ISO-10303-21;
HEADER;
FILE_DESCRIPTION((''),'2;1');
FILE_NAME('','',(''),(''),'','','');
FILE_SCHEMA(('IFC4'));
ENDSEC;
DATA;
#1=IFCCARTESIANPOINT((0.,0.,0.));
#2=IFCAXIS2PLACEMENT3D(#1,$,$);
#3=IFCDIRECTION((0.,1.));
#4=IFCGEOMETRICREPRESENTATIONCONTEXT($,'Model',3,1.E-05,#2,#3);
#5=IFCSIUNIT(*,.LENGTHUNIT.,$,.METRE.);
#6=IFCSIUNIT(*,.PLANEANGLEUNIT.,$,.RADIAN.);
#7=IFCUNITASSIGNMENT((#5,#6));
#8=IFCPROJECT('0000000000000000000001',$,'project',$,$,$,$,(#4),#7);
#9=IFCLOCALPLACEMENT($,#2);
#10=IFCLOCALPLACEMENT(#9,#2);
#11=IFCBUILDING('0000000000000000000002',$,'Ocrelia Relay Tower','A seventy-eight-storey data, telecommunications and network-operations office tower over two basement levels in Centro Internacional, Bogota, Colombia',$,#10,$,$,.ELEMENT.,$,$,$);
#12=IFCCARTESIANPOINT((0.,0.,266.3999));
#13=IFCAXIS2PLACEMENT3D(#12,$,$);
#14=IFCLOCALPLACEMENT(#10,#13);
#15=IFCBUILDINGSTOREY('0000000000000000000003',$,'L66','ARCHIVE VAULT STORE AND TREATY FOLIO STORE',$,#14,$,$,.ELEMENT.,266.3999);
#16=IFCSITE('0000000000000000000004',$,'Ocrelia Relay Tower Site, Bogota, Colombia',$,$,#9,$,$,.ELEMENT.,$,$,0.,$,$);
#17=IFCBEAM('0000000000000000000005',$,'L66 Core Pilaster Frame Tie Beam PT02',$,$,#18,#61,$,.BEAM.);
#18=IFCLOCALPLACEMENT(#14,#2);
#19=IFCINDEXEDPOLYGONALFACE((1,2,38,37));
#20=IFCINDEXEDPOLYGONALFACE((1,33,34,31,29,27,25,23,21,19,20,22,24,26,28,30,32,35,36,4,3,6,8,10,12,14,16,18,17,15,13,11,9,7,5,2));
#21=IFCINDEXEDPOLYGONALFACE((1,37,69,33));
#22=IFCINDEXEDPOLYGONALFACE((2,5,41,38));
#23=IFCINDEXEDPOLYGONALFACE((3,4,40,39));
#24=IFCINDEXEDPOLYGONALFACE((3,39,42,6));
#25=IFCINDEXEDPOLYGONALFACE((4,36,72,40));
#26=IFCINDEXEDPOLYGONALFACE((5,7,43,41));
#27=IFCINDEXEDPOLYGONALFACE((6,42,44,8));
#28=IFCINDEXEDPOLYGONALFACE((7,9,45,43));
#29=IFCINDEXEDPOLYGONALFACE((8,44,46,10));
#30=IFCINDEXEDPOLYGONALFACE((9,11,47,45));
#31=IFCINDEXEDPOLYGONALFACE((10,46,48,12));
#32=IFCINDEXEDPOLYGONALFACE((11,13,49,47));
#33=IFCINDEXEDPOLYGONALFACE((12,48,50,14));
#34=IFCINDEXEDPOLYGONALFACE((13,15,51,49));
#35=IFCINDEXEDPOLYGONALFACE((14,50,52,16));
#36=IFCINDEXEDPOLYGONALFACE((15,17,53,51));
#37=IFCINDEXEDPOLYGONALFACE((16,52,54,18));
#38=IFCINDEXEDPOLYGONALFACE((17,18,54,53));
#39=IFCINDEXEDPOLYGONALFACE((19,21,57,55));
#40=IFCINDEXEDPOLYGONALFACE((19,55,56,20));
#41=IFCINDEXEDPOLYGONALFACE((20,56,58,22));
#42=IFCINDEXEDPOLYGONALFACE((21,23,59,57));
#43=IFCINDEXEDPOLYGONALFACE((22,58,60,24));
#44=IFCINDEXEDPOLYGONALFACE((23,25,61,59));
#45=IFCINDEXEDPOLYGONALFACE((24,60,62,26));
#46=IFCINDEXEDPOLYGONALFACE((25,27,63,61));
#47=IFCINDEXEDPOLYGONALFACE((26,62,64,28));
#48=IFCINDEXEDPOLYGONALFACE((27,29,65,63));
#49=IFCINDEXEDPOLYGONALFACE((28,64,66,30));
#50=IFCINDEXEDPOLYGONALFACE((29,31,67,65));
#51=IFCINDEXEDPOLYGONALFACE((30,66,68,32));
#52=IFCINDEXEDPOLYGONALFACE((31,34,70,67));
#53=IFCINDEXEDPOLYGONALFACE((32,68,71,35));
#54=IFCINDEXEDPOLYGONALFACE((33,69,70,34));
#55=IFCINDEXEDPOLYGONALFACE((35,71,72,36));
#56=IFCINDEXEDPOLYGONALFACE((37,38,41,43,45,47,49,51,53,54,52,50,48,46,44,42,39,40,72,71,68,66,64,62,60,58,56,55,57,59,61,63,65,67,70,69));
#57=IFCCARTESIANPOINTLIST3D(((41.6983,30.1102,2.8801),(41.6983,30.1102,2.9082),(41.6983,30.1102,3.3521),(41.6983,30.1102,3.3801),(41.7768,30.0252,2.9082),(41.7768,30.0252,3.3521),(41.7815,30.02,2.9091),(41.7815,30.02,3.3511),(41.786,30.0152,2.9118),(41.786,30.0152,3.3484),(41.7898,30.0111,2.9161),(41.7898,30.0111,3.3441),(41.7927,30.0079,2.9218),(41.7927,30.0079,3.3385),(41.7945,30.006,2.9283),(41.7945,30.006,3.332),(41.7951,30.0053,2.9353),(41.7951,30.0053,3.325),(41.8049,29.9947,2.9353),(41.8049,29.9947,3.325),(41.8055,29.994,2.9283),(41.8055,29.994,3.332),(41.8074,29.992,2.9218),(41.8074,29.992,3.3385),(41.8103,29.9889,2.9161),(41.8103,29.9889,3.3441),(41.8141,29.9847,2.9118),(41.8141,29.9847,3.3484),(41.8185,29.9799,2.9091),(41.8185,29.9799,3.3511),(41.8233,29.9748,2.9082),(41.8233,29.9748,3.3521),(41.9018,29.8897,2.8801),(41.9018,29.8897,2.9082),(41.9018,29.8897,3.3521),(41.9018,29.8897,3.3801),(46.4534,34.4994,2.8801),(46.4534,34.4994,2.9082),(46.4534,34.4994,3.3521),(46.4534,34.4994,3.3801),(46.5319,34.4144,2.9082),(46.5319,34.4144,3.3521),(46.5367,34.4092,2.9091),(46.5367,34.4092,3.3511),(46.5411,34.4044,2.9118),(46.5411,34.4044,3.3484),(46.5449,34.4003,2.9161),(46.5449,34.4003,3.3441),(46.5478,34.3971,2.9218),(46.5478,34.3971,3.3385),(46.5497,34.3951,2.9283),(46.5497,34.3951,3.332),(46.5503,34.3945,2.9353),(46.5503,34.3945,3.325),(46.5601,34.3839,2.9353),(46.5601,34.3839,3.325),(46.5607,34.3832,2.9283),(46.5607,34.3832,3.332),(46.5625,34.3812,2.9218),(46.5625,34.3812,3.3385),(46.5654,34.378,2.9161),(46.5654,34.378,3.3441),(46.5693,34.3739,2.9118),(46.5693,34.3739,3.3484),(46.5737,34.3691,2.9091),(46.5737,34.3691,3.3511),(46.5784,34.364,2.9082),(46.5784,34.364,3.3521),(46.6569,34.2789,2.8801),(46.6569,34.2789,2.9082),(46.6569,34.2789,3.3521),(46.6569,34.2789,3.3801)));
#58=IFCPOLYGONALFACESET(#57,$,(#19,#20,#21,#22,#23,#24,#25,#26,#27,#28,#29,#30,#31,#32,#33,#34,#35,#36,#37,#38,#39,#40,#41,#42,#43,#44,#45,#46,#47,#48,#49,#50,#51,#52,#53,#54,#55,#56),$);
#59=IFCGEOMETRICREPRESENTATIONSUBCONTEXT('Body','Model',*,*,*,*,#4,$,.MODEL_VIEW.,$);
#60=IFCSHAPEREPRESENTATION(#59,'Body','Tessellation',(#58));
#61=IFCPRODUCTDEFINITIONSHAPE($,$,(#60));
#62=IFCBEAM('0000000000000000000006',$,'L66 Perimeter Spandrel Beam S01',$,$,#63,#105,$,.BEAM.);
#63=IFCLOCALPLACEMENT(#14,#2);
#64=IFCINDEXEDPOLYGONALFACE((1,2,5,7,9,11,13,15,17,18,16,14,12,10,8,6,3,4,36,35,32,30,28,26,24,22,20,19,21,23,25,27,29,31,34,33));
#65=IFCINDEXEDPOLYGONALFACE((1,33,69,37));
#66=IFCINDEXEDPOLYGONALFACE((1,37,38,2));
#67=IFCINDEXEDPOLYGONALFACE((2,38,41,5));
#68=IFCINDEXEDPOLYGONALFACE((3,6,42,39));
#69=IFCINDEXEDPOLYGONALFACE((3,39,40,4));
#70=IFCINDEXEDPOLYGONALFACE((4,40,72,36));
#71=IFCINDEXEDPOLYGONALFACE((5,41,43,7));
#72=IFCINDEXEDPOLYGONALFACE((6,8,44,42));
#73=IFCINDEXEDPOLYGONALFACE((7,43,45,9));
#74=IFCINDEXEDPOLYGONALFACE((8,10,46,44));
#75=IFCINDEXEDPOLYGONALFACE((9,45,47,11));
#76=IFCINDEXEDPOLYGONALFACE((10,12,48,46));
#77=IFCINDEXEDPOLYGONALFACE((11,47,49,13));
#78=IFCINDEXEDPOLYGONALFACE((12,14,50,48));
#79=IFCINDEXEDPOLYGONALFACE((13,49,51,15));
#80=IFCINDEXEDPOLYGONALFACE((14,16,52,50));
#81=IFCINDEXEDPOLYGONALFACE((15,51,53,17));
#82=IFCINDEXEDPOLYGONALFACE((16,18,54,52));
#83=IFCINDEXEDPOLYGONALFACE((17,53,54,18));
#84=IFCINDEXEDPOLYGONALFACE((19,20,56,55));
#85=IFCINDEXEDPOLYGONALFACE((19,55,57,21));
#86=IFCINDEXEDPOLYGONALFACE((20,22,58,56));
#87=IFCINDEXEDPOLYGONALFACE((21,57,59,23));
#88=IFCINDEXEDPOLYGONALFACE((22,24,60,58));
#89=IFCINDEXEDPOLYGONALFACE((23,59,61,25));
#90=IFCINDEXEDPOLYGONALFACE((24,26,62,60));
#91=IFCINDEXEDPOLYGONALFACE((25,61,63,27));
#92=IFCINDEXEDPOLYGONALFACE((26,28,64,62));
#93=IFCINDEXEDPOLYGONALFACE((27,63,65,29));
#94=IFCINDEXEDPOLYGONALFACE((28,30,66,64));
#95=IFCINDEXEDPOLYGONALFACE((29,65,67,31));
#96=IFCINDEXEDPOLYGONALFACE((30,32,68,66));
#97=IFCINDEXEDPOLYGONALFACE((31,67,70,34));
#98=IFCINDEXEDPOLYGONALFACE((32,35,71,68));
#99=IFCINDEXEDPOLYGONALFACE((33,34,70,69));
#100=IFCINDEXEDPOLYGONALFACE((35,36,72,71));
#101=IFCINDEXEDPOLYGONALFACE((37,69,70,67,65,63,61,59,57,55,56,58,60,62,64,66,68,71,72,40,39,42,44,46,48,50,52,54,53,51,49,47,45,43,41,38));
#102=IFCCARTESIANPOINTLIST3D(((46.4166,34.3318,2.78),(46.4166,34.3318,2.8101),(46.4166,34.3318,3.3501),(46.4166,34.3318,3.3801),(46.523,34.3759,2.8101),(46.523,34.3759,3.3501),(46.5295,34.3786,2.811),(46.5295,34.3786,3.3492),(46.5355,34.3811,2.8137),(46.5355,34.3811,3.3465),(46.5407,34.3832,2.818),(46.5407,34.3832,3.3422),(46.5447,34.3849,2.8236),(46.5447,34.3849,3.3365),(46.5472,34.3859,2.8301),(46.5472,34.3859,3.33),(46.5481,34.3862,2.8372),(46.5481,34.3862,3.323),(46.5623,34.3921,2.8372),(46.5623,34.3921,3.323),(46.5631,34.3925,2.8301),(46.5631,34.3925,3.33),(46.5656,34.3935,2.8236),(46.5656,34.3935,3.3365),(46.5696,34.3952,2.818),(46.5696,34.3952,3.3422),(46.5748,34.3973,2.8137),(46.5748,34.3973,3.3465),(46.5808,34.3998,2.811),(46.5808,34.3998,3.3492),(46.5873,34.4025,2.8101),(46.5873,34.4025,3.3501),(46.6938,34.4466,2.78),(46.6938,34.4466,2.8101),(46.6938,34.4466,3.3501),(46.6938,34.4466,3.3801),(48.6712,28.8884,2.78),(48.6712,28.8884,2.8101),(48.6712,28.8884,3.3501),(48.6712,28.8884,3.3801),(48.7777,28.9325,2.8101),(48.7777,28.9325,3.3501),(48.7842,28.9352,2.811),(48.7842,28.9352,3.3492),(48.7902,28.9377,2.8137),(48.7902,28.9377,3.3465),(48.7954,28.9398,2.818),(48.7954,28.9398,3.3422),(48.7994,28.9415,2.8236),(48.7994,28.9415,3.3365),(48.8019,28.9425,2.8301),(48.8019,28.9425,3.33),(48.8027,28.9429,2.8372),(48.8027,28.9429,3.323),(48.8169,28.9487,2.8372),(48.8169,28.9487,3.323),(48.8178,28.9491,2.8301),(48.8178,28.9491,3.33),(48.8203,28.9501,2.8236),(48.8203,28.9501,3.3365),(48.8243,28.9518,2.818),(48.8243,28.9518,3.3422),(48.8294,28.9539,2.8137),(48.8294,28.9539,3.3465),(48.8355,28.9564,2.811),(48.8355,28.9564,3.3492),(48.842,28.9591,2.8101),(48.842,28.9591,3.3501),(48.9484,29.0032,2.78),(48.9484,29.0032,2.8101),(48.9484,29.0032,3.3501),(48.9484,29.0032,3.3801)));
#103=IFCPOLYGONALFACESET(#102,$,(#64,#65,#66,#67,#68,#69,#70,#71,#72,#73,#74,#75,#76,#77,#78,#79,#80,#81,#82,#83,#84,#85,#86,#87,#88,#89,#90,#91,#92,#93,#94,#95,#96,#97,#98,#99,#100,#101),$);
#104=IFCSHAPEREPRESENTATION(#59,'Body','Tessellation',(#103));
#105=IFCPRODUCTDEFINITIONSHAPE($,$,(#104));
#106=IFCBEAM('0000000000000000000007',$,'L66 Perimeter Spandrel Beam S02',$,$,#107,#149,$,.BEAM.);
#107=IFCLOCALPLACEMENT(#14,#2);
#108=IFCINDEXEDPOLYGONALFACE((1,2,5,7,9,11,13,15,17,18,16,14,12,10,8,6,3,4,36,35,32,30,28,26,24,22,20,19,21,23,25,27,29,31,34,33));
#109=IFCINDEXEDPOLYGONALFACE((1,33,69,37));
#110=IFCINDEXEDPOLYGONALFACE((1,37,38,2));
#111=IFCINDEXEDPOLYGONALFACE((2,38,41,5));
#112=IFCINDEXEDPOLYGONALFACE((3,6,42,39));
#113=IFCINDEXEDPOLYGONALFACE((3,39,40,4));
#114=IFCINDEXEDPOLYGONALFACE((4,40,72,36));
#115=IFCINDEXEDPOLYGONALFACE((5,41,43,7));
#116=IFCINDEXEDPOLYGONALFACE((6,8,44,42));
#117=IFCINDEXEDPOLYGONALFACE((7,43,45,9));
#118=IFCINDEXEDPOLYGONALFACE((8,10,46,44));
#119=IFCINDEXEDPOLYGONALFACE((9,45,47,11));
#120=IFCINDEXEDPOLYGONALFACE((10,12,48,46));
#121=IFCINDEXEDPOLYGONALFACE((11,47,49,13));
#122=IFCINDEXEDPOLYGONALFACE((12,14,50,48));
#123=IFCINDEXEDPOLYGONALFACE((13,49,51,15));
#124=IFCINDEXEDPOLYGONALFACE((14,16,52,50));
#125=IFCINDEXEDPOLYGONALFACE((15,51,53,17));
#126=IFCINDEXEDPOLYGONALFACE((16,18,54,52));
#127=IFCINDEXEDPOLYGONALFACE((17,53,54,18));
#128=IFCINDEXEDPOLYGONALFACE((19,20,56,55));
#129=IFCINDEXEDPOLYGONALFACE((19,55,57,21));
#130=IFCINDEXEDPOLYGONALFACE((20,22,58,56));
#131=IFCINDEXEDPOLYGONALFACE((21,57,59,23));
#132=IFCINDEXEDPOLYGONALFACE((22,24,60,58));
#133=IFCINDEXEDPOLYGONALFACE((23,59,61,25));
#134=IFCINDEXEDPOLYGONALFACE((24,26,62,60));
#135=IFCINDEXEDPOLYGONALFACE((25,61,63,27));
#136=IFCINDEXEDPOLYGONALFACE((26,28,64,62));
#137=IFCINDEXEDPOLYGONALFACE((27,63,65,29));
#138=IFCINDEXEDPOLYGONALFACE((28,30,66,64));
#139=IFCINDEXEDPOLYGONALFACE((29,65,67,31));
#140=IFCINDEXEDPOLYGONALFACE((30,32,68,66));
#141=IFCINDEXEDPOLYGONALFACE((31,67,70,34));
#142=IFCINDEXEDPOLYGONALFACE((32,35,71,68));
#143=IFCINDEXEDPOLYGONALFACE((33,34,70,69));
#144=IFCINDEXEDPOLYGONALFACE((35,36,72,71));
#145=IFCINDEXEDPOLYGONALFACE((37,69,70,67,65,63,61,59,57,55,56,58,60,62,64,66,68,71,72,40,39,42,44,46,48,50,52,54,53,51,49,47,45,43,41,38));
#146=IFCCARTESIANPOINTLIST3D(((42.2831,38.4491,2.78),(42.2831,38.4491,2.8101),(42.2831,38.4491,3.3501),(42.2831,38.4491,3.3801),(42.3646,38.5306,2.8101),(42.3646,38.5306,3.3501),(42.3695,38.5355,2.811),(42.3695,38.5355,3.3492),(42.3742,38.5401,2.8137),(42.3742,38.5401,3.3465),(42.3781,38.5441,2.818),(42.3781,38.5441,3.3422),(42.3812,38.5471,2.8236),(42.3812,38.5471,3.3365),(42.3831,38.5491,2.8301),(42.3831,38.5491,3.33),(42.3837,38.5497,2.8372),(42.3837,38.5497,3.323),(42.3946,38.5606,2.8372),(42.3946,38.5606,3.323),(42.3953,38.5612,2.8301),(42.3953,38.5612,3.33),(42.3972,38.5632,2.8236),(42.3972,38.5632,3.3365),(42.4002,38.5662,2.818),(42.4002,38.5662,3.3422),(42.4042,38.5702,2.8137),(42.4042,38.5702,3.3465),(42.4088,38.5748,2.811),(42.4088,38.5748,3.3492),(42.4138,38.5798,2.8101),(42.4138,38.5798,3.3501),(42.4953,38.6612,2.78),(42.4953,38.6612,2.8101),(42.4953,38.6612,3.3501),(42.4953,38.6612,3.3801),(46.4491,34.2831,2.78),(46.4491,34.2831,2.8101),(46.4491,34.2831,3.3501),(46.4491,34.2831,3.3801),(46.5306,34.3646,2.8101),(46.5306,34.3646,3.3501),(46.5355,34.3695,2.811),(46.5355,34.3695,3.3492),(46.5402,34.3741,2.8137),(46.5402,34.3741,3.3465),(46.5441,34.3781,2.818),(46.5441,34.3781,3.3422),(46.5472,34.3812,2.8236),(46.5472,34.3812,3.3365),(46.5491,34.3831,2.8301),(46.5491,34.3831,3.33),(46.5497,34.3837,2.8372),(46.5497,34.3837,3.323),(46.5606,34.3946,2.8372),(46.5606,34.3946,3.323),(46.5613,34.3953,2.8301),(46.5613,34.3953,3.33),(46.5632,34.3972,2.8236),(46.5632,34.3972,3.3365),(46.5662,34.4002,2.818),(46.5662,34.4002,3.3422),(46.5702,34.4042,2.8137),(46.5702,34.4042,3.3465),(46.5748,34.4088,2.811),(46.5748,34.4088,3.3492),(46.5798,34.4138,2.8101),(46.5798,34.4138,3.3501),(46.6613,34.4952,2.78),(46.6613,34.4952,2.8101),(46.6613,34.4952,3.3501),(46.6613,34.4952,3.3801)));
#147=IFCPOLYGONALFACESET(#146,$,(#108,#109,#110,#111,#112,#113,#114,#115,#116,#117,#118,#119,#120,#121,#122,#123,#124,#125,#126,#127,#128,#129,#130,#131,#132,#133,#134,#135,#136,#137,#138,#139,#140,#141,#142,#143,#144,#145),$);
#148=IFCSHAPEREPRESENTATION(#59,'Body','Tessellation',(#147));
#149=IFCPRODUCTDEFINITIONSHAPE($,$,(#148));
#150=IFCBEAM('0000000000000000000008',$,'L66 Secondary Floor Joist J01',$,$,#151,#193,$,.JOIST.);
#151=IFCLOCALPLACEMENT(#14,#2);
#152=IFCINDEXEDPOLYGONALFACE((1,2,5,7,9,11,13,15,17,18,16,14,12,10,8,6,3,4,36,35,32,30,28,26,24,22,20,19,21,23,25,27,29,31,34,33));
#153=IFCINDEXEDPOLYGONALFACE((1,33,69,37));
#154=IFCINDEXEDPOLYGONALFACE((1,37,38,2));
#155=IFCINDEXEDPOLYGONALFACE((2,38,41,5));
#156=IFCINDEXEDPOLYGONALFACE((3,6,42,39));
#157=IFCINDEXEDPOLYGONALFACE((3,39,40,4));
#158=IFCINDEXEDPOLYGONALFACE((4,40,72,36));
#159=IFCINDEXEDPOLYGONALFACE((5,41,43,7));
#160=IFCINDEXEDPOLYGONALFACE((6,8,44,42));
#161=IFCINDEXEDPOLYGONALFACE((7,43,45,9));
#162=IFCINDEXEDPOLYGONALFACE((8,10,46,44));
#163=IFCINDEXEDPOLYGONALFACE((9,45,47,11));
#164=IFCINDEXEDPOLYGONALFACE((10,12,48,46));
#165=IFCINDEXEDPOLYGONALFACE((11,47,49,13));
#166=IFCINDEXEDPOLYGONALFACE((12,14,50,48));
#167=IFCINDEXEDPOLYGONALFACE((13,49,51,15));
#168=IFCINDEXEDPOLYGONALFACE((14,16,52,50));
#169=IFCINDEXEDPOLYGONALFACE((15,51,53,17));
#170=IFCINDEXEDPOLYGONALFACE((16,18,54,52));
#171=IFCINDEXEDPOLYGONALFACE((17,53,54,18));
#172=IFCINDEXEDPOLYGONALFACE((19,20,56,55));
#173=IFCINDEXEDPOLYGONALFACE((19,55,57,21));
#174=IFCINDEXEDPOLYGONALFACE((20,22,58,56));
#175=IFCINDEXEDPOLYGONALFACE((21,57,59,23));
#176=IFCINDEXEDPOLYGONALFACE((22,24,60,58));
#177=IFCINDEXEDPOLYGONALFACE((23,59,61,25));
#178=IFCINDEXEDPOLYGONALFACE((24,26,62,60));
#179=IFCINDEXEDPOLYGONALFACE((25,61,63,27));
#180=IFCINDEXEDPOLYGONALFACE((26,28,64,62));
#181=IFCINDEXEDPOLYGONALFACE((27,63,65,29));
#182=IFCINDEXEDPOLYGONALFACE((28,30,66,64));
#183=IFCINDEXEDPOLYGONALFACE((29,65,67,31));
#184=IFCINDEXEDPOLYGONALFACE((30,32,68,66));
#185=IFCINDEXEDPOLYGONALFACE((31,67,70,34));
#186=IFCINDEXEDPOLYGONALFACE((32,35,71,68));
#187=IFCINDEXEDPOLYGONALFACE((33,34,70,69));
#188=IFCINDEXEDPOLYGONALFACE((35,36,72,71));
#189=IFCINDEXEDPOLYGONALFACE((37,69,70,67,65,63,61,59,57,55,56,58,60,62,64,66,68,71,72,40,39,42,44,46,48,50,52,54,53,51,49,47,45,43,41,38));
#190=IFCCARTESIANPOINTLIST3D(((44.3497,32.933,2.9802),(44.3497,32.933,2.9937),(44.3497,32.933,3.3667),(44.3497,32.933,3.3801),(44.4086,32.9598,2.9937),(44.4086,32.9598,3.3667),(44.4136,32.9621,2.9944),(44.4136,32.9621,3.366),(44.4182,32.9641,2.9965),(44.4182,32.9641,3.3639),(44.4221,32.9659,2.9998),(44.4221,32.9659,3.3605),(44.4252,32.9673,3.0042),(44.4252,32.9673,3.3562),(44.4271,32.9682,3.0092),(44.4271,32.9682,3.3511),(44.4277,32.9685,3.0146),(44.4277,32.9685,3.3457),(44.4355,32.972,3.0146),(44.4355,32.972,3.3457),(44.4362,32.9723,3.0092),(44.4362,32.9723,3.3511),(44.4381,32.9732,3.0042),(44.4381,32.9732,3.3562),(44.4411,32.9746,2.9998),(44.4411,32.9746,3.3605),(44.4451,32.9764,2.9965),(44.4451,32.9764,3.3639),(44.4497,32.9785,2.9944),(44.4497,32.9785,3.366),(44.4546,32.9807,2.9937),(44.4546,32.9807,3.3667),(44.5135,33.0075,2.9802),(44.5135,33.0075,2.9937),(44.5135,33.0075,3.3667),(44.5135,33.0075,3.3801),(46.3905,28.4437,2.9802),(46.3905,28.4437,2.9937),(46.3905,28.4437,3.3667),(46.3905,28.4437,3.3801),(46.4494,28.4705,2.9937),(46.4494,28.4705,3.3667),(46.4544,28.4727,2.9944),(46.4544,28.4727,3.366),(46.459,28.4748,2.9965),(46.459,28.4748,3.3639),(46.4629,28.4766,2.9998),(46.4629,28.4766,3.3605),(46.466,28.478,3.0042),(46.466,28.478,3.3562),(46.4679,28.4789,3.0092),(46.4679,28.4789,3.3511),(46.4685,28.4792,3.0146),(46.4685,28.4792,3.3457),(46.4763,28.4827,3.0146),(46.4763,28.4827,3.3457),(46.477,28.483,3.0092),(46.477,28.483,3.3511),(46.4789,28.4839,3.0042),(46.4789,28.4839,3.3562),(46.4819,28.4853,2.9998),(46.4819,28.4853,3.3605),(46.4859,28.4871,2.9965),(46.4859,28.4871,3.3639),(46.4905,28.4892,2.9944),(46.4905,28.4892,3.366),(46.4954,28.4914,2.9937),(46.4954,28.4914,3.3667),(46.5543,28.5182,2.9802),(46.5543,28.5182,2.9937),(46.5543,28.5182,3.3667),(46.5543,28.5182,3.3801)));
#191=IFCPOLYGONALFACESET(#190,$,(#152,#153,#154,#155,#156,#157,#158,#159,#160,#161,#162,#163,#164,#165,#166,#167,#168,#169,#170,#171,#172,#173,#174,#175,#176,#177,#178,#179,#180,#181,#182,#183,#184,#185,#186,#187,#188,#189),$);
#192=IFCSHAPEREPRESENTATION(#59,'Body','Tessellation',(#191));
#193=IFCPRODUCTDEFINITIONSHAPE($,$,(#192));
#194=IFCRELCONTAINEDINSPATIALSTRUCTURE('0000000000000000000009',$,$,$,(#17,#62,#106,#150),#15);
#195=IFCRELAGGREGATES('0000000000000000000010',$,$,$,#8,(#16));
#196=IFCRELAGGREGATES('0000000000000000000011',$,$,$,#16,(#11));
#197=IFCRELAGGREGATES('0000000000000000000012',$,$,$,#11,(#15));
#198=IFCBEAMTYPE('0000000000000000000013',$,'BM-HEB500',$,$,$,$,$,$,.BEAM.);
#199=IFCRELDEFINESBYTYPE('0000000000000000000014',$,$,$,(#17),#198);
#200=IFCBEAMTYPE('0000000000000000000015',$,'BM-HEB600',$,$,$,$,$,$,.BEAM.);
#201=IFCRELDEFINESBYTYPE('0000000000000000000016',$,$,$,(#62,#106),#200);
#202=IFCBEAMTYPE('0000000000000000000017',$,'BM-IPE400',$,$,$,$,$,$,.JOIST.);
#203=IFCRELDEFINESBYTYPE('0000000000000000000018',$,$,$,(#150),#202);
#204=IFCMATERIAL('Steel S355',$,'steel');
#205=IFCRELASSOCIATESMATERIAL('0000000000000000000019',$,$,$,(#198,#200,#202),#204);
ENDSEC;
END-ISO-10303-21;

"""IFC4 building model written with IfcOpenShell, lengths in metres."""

from ifc_helpers import new_model, si_unit, direction, frame, origin, origin_2d, place, context, subcontext, project, spatial, i_section, extrude, material, material_profile, profile_set, type_object, element, save


model = new_model("IFC4")

# Units and contexts
model_context = context("Model", 3, precision=1e-05, world=origin(), true_north=direction((0.0, 1.0)))
body_context = subcontext(model_context, "Body", "Model", "MODEL_VIEW")
ifc_project = project(units=[si_unit("LENGTHUNIT", "METRE"), si_unit("PLANEANGLEUNIT", "RADIAN")], contexts=[model_context])

# Site, building, storey
site_placement = place(None, origin())
site = spatial("IfcSite", under=ifc_project, at=site_placement, Name="Ocrelia Relay Tower Site, Bogota, Colombia", CompositionType="ELEMENT", RefElevation=0.0)
building_placement = place(site_placement, origin())
building = spatial("IfcBuilding", under=site, at=building_placement, Name="Ocrelia Relay Tower", Description="A seventy-eight-storey data, telecommunications and network-operations office tower over two basement levels in Centro Internacional, Bogota, Colombia", CompositionType="ELEMENT")
storey_placement = place(building_placement, frame((0.0, 0.0, 266.3999)))
storey = spatial("IfcBuildingStorey", under=building, at=storey_placement, Name="L66", Description="ARCHIVE VAULT STORE AND TREATY FOLIO STORE", CompositionType="ELEMENT", Elevation=266.3999)

# Beams
ifc_material_1 = material(Name="Steel S355", Category="steel")
ifc_material_profile_1 = material_profile(ifc_material_1, i_section(OverallWidth=0.3, OverallDepth=0.5, WebThickness=0.0144, FlangeThickness=0.0281, FilletRadius=0.0271, at=origin_2d()), Name="HEB 500")
ifc_profile_set_1 = profile_set([ifc_material_profile_1], Name="Steel S355")
beam_type_1 = type_object("IfcBeamType", Name="BM-HEB500", PredefinedType="BEAM", material=ifc_profile_set_1)
beam_1_placement = place(storey_placement, frame((46.5552, 34.3892, 3.1301), z_axis=(-0.734818, -0.678264, 0.0), x_axis=(0.678264, -0.734818, 0.0)))
element("IfcBeam", 1, at=beam_1_placement, inside=storey, type_object=beam_type_1, Name="L66 Core Pilaster Frame Tie Beam PT02", PredefinedType="BEAM", context=body_context, shape_type="SweptSolid", body=[
    extrude(i_section(OverallWidth=0.3, OverallDepth=0.5, WebThickness=0.0144, FlangeThickness=0.0281, FilletRadius=0.0271, at=origin_2d()), origin(), (0.0, 0.0, 1.0), 6.4712),
])
ifc_material_profile_2 = material_profile(ifc_material_1, i_section(OverallWidth=0.3, OverallDepth=0.6001, WebThickness=0.0154, FlangeThickness=0.03, FilletRadius=0.0271, at=origin_2d()), Name="HEB 600")
ifc_profile_set_2 = profile_set([ifc_material_profile_2], Name="Steel S355")
beam_type_2 = type_object("IfcBeamType", Name="BM-HEB600", PredefinedType="BEAM", material=ifc_profile_set_2)
beam_2_placement = place(storey_placement, frame((48.8098, 28.9458, 3.0801), z_axis=(-0.382673, 0.923884, 0.0), x_axis=(-0.923884, -0.382673, 0.0)))
element("IfcBeam", 2, at=beam_2_placement, inside=storey, type_object=beam_type_2, Name="L66 Perimeter Spandrel Beam S01", PredefinedType="BEAM", context=body_context, shape_type="SweptSolid", body=[
    extrude(i_section(OverallWidth=0.3, OverallDepth=0.6001, WebThickness=0.0154, FlangeThickness=0.03, FilletRadius=0.0271, at=origin_2d()), origin(), (0.0, 0.0, 1.0), 5.8918),
])
beam_3_placement = place(storey_placement, frame((46.5552, 34.3892, 3.0801), z_axis=(-0.707107, 0.707107, 0.0), x_axis=(-0.707107, -0.707107, 0.0)))
element("IfcBeam", 3, at=beam_3_placement, inside=storey, type_object=beam_type_2, Name="L66 Perimeter Spandrel Beam S02", PredefinedType="BEAM", context=body_context, shape_type="SweptSolid", body=[
    extrude(i_section(OverallWidth=0.3, OverallDepth=0.6001, WebThickness=0.0154, FlangeThickness=0.03, FilletRadius=0.0271, at=origin_2d()), origin(), (0.0, 0.0, 1.0), 5.8916),
])
ifc_material_profile_3 = material_profile(ifc_material_1, i_section(OverallWidth=0.1799, OverallDepth=0.3999, WebThickness=0.0085, FlangeThickness=0.0134, FilletRadius=0.021, at=origin_2d()), Name="IPE 400")
ifc_profile_set_3 = profile_set([ifc_material_profile_3], Name="Steel S355")
beam_type_3 = type_object("IfcBeamType", Name="BM-IPE400", PredefinedType="JOIST", material=ifc_profile_set_3)
beam_4_placement = place(storey_placement, frame((46.4724, 28.481, 3.1802), z_axis=(-0.413837, 0.910351, 0.0), x_axis=(-0.910351, -0.413837, 0.0)))
element("IfcBeam", 4, at=beam_4_placement, inside=storey, type_object=beam_type_3, Name="L66 Secondary Floor Joist J01", PredefinedType="JOIST", context=body_context, shape_type="SweptSolid", body=[
    extrude(i_section(OverallWidth=0.1799, OverallDepth=0.3999, WebThickness=0.0085, FlangeThickness=0.0134, FilletRadius=0.021, at=origin_2d()), origin(), (0.0, 0.0, 1.0), 4.9314),
])

save(model, "model.ifc")
